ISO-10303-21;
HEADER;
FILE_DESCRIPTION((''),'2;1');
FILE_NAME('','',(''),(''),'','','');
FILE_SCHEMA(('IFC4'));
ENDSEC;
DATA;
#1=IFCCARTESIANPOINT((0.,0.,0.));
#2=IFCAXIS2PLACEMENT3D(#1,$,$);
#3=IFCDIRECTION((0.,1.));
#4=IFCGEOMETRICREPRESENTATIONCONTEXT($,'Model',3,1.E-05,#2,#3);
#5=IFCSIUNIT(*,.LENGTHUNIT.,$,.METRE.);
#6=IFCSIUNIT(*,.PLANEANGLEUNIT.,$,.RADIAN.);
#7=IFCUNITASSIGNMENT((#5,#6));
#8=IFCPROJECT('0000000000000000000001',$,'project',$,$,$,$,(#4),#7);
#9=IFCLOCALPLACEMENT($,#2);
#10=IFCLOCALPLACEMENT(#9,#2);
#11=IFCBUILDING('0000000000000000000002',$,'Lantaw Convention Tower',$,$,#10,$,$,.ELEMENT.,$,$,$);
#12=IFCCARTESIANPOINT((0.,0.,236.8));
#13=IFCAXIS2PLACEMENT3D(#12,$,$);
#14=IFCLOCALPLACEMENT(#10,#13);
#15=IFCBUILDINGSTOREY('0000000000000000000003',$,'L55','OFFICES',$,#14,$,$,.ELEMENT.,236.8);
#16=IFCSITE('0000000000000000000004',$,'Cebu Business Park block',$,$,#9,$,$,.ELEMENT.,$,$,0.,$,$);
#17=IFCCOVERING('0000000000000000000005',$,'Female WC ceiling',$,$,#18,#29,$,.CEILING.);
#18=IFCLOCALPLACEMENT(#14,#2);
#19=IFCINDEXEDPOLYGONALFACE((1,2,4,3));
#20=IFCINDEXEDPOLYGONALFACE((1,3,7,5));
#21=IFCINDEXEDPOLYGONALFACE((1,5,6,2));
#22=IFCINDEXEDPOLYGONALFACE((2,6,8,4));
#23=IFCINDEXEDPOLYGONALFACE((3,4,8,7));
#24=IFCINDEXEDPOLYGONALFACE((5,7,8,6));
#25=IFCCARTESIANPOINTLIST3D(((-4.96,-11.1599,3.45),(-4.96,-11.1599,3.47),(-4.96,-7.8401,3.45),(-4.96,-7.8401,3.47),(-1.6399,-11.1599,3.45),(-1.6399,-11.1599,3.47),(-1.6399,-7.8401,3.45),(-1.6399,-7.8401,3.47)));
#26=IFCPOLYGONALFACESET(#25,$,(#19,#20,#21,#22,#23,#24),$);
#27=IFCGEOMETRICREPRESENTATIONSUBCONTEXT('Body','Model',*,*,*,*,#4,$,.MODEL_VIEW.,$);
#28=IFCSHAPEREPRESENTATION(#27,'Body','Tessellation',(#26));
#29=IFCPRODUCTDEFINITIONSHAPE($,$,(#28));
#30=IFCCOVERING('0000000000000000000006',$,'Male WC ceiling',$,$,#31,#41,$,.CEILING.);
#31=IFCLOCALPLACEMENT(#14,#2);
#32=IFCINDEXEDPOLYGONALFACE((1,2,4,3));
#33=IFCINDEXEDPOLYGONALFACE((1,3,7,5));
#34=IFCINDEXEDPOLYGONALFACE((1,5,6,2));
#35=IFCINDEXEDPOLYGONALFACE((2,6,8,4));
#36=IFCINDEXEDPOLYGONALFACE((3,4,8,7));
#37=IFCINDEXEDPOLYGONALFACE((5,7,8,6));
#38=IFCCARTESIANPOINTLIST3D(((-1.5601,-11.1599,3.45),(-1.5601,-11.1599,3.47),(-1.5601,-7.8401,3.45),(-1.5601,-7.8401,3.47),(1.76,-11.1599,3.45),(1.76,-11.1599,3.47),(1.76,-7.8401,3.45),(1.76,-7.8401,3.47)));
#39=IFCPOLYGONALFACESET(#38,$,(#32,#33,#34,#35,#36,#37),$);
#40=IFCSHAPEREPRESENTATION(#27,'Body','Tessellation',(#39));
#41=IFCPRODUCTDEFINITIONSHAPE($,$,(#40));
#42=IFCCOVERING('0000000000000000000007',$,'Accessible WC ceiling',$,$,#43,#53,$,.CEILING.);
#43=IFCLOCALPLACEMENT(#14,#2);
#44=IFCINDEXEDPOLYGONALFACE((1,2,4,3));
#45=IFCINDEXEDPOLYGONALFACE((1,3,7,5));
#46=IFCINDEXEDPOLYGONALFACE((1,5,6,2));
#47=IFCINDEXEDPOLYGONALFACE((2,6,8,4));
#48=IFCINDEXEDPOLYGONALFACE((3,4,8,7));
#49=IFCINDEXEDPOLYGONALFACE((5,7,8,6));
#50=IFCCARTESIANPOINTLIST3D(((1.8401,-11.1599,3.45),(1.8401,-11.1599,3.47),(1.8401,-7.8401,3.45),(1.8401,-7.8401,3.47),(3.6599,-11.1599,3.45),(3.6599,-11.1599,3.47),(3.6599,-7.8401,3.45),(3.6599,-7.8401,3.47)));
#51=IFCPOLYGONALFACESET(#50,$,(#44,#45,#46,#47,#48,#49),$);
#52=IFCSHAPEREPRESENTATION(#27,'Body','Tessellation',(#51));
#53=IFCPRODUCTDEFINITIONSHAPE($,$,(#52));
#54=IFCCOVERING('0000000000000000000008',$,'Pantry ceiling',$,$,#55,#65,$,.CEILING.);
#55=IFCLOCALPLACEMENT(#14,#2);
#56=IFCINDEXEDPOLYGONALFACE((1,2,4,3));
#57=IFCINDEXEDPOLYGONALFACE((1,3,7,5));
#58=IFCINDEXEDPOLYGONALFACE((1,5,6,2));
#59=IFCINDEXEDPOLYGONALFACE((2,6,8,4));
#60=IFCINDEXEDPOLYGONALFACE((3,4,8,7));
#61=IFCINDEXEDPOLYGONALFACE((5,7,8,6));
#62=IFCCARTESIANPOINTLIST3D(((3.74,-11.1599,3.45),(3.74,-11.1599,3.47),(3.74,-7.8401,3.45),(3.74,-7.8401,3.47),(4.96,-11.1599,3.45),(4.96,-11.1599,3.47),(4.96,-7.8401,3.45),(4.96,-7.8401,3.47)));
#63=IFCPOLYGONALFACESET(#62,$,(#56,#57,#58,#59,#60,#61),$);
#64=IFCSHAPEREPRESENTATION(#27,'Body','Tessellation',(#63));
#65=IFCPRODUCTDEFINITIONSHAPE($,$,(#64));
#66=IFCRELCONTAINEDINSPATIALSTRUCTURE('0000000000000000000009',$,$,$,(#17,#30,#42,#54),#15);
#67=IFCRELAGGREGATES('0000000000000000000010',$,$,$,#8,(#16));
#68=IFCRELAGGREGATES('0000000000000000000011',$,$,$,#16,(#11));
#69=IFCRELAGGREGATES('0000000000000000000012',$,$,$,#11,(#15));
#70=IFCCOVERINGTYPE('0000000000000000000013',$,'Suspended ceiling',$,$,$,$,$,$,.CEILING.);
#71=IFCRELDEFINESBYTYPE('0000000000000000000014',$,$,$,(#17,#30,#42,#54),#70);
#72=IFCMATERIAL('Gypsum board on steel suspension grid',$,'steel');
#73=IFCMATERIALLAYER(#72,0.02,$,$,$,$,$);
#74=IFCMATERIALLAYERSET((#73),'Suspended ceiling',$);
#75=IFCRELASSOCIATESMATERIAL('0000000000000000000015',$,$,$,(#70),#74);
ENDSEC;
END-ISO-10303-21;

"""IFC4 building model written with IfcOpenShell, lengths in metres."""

from ifc_helpers import new_model, si_unit, direction, frame, origin, place, context, subcontext, project, spatial, polyline, outline, extrude, material, layer, layer_set, type_object, element, save


model = new_model("IFC4")

# Units and contexts
model_context = context("Model", 3, precision=1e-05, world=origin(), true_north=direction((0.0, 1.0)))
body_context = subcontext(model_context, "Body", "Model", "MODEL_VIEW")
ifc_project = project(units=[si_unit("LENGTHUNIT", "METRE"), si_unit("PLANEANGLEUNIT", "RADIAN")], contexts=[model_context])

# Site, building, storey
site_placement = place(None, origin())
site = spatial("IfcSite", under=ifc_project, at=site_placement, Name="Cebu Business Park block", CompositionType="ELEMENT", RefElevation=0.0)
building_placement = place(site_placement, origin())
building = spatial("IfcBuilding", under=site, at=building_placement, Name="Lantaw Convention Tower", CompositionType="ELEMENT")
storey_placement = place(building_placement, frame((0.0, 0.0, 236.8)))
storey = spatial("IfcBuildingStorey", under=building, at=storey_placement, Name="L55", Description="OFFICES", CompositionType="ELEMENT", Elevation=236.8)

# Coverings
ifc_material_1 = material(Name="Gypsum board on steel suspension grid", Category="steel")
ifc_layer_1 = layer(ifc_material_1, 0.02)
ifc_layer_set_1 = layer_set([ifc_layer_1], Name="Suspended ceiling")
covering_type = type_object("IfcCoveringType", Name="Suspended ceiling", PredefinedType="CEILING", material=ifc_layer_set_1)
covering_1_placement = place(storey_placement, frame((0.0, 0.0, 3.45)))
element("IfcCovering", 1, at=covering_1_placement, inside=storey, type_object=covering_type, Name="Female WC ceiling", PredefinedType="CEILING", context=body_context, shape_type="SweptSolid", body=[
    extrude(outline(polyline([(-4.96, -11.1599), (-1.6399, -11.1599), (-1.6399, -7.8401), (-4.96, -7.8401), (-4.96, -11.1599)])), origin(), (0.0, 0.0, 1.0), 0.02),
])
covering_2_placement = place(storey_placement, frame((0.0, 0.0, 3.45)))
element("IfcCovering", 2, at=covering_2_placement, inside=storey, type_object=covering_type, Name="Male WC ceiling", PredefinedType="CEILING", context=body_context, shape_type="SweptSolid", body=[
    extrude(outline(polyline([(-1.5601, -11.1599), (1.76, -11.1599), (1.76, -7.8401), (-1.5601, -7.8401), (-1.5601, -11.1599)])), origin(), (0.0, 0.0, 1.0), 0.02),
])
covering_3_placement = place(storey_placement, frame((0.0, 0.0, 3.45)))
element("IfcCovering", 3, at=covering_3_placement, inside=storey, type_object=covering_type, Name="Accessible WC ceiling", PredefinedType="CEILING", context=body_context, shape_type="SweptSolid", body=[
    extrude(outline(polyline([(1.8401, -11.1599), (3.6599, -11.1599), (3.6599, -7.8401), (1.8401, -7.8401), (1.8401, -11.1599)])), origin(), (0.0, 0.0, 1.0), 0.02),
])
covering_4_placement = place(storey_placement, frame((0.0, 0.0, 3.45)))
element("IfcCovering", 4, at=covering_4_placement, inside=storey, type_object=covering_type, Name="Pantry ceiling", PredefinedType="CEILING", context=body_context, shape_type="SweptSolid", body=[
    extrude(outline(polyline([(3.74, -11.1599), (4.96, -11.1599), (4.96, -7.8401), (3.74, -7.8401), (3.74, -11.1599)])), origin(), (0.0, 0.0, 1.0), 0.02),
])

save(model, "model.ifc")
